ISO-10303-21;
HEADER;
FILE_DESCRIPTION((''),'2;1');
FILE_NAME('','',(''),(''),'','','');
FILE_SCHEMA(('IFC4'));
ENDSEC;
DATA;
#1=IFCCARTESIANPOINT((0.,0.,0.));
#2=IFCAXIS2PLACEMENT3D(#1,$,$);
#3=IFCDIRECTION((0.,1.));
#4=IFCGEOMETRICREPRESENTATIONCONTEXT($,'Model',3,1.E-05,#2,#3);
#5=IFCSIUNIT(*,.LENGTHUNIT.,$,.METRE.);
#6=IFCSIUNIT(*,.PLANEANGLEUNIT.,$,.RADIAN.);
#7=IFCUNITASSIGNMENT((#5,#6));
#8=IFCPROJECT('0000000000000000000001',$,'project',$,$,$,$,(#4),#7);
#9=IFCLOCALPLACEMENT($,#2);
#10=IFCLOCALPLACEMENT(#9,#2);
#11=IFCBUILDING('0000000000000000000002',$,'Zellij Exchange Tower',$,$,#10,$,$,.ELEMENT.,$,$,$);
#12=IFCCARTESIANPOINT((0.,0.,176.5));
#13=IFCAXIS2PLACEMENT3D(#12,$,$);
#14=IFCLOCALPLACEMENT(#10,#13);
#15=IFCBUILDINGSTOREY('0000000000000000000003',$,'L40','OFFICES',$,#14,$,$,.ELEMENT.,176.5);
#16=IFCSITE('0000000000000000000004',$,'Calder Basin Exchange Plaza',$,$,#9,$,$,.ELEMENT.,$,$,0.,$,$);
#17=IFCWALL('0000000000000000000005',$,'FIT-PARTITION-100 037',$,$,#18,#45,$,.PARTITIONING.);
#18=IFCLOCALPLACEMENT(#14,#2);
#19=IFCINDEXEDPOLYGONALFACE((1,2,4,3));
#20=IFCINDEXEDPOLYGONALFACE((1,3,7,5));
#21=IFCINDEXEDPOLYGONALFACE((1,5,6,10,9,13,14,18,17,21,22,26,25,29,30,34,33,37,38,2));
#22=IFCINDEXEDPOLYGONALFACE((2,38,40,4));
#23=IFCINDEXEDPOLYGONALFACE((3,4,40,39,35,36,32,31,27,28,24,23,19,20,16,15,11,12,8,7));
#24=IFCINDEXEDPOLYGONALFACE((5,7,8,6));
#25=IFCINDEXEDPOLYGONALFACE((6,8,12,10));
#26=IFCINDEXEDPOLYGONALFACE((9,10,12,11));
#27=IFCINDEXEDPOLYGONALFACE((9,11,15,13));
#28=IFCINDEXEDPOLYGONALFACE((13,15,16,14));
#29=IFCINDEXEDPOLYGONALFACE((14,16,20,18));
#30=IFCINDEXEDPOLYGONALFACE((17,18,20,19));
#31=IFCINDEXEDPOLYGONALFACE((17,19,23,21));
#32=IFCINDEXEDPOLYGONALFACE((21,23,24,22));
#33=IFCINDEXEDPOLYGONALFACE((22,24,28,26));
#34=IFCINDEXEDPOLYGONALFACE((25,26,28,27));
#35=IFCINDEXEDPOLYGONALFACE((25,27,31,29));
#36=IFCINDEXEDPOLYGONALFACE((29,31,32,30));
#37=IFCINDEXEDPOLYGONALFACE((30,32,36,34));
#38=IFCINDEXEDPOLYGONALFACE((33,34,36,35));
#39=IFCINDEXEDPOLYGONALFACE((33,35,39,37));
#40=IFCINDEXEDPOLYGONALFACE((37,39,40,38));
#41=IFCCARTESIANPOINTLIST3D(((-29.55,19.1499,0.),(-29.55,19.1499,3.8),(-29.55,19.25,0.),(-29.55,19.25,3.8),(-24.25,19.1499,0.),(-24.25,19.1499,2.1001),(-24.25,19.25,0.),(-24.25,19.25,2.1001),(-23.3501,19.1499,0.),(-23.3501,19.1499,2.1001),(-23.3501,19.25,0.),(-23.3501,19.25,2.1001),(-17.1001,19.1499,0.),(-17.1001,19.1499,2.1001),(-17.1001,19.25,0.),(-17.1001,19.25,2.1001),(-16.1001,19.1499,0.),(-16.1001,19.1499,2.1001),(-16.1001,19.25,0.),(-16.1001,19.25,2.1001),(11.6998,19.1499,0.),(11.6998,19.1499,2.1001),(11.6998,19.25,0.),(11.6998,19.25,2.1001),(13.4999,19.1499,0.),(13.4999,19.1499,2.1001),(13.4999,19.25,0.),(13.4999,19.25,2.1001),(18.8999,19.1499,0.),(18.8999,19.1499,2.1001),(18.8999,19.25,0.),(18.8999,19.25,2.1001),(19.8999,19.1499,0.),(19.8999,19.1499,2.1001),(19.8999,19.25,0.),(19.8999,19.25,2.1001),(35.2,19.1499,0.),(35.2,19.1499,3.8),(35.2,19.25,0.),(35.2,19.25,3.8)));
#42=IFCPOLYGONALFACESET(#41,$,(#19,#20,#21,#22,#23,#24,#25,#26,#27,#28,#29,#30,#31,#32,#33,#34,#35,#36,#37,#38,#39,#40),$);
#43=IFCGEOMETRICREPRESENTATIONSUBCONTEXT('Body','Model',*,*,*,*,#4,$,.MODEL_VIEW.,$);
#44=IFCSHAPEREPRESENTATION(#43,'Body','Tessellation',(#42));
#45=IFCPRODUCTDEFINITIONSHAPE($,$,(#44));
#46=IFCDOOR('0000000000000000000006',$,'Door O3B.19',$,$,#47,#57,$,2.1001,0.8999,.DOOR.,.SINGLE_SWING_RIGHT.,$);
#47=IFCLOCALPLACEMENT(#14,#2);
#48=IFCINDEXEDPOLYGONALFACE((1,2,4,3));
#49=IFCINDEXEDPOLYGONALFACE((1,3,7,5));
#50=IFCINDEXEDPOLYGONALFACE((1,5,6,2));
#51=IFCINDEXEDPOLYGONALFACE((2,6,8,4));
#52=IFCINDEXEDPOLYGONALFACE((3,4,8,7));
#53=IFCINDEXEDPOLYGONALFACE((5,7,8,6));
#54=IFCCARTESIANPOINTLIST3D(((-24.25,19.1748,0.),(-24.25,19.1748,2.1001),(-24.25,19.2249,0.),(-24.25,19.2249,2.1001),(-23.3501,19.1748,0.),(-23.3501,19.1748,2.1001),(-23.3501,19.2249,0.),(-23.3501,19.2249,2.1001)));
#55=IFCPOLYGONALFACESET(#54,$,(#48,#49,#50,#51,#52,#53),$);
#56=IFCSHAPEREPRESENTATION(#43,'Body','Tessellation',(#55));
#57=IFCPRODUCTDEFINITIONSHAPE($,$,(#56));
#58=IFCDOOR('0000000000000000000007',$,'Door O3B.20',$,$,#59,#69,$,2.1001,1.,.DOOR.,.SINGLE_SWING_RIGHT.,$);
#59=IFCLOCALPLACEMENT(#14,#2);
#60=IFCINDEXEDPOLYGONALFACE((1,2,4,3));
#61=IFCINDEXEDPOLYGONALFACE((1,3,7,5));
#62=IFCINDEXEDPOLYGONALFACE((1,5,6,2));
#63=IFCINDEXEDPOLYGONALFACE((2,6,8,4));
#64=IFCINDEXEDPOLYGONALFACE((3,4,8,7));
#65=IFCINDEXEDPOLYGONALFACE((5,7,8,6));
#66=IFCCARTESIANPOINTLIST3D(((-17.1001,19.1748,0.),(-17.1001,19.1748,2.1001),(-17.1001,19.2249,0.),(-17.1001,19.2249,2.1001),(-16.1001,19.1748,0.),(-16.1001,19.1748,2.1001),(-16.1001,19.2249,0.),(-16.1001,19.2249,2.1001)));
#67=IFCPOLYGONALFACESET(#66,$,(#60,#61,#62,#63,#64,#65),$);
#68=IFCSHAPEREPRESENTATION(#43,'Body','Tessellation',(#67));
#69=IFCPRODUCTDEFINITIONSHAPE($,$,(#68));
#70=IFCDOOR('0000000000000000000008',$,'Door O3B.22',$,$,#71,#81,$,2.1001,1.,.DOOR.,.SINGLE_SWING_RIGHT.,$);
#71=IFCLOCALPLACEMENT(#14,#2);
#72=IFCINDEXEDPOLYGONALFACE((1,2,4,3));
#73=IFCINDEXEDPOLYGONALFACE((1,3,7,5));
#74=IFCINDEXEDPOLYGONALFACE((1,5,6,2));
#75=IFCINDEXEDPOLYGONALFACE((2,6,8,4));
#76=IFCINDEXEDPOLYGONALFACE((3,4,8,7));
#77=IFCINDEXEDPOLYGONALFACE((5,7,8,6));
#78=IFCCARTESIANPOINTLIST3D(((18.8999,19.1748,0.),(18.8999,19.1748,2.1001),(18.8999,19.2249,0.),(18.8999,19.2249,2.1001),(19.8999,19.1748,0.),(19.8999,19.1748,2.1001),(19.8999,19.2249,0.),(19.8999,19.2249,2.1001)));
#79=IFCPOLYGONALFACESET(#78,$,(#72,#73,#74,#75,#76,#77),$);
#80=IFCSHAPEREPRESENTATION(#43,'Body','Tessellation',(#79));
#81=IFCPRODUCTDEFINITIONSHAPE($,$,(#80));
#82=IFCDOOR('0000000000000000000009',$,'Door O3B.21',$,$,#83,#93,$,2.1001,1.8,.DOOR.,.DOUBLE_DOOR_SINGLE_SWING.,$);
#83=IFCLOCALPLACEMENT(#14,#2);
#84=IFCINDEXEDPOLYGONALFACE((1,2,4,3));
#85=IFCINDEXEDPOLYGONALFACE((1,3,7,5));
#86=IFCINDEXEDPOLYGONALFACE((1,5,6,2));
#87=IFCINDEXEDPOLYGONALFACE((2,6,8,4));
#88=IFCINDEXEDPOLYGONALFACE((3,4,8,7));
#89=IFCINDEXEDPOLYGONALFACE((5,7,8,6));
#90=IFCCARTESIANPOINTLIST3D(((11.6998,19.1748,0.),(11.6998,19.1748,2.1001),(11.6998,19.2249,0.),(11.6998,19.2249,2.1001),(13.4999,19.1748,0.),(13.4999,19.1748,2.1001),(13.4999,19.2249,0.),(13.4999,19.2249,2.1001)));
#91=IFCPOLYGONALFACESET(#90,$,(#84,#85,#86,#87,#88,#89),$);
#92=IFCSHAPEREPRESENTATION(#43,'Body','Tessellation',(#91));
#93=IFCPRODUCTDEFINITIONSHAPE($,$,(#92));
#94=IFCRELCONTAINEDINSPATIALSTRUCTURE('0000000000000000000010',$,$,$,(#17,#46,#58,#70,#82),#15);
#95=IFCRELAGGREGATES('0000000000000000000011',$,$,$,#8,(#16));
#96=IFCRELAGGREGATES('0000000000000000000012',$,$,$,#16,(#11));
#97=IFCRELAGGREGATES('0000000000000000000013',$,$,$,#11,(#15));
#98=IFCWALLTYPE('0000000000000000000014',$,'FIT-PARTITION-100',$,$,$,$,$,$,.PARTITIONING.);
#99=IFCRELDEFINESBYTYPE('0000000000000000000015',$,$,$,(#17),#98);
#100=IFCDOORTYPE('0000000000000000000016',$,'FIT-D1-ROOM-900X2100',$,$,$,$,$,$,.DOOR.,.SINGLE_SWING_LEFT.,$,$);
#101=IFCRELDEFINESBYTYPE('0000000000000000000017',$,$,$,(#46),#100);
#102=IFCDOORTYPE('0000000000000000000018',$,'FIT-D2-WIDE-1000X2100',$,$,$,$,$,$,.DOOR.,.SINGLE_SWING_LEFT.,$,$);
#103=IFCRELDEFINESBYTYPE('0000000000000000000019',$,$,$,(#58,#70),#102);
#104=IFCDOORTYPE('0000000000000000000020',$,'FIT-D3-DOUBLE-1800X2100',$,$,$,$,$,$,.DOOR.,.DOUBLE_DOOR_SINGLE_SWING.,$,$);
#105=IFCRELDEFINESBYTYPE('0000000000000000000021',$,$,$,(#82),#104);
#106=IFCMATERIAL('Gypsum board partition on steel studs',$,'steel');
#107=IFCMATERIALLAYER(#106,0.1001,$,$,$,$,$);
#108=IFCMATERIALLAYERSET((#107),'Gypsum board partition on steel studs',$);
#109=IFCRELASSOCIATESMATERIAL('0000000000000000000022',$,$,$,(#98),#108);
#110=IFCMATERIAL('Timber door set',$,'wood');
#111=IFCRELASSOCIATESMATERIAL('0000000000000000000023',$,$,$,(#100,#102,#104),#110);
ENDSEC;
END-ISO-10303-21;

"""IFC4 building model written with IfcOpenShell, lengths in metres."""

from ifc_helpers import new_model, si_unit, direction, frame, frame_2d, origin, place, context, subcontext, project, spatial, rectangle, extrude, material, layer, layer_set, type_object, element, fill, save


model = new_model("IFC4")

# Units and contexts
model_context = context("Model", 3, precision=1e-05, world=origin(), true_north=direction((0.0, 1.0)))
body_context = subcontext(model_context, "Body", "Model", "MODEL_VIEW")
ifc_project = project(units=[si_unit("LENGTHUNIT", "METRE"), si_unit("PLANEANGLEUNIT", "RADIAN")], contexts=[model_context])

# Site, building, storey
site_placement = place(None, origin())
site = spatial("IfcSite", under=ifc_project, at=site_placement, Name="Calder Basin Exchange Plaza", CompositionType="ELEMENT", RefElevation=0.0)
building_placement = place(site_placement, origin())
building = spatial("IfcBuilding", under=site, at=building_placement, Name="Zellij Exchange Tower", CompositionType="ELEMENT")
storey_placement = place(building_placement, frame((0.0, 0.0, 176.5)))
storey = spatial("IfcBuildingStorey", under=building, at=storey_placement, Name="L40", Description="OFFICES", CompositionType="ELEMENT", Elevation=176.5)

# Shared definitions
ifc_material_1 = material(Name="Gypsum board partition on steel studs", Category="steel")
ifc_layer = layer(ifc_material_1, 0.1001)
ifc_layer_set = layer_set([ifc_layer], Name="Gypsum board partition on steel studs")
wall_type = type_object("IfcWallType", Name="FIT-PARTITION-100", PredefinedType="PARTITIONING", material=ifc_layer_set)

# Wall, openings, doors
ifc_material_2 = material(Name="Timber door set", Category="wood")
door_type_1 = type_object("IfcDoorType", Name="FIT-D1-ROOM-900X2100", OperationType="SINGLE_SWING_LEFT", PredefinedType="DOOR", material=ifc_material_2)
wall_1_placement = place(storey_placement, frame((-29.55, 19.2, 0.0), z_axis=(0.0, 0.0, 1.0), x_axis=(1.0, 0.0, 0.0)))
wall_1 = element("IfcWall", 1, at=wall_1_placement, inside=storey, type_object=wall_type, Name="FIT-PARTITION-100 037", PredefinedType="PARTITIONING", context=body_context, shape_type="SweptSolid", body=[
    extrude(rectangle(XDim=64.75, YDim=0.1001, at=frame_2d((32.375, 0.0))), origin(), (0.0, 0.0, 1.0), 3.8),
])
opening_1_placement = place(wall_1_placement, frame((5.3, 0.0, 0.0)))
opening_1 = element("IfcOpeningElement", 2, at=opening_1_placement, cuts=wall_1, PredefinedType="OPENING", context=body_context, shape_type="SweptSolid", body=[
    extrude(rectangle(XDim=0.8999, YDim=2.1001, at=frame_2d((0.45, 1.05))), frame((0.0, 0.062, 0.0), z_axis=(0.0, -1.0, 0.0), x_axis=(1.0, 0.0, 0.0)), (0.0, 0.0, 1.0), 0.124),
])
opening_2_placement = place(wall_1_placement, frame((12.45, 0.0, 0.0)))
opening_2 = element("IfcOpeningElement", 3, at=opening_2_placement, cuts=wall_1, PredefinedType="OPENING", context=body_context, shape_type="SweptSolid", body=[
    extrude(rectangle(XDim=1.0, YDim=2.1001, at=frame_2d((0.5, 1.05))), frame((0.0, 0.062, 0.0), z_axis=(0.0, -1.0, 0.0), x_axis=(1.0, 0.0, 0.0)), (0.0, 0.0, 1.0), 0.124),
])
opening_3_placement = place(wall_1_placement, frame((41.25, 0.0, 0.0)))
opening_3 = element("IfcOpeningElement", 4, at=opening_3_placement, cuts=wall_1, PredefinedType="OPENING", context=body_context, shape_type="SweptSolid", body=[
    extrude(rectangle(XDim=1.8, YDim=2.1001, at=frame_2d((0.8999, 1.05))), frame((0.0, 0.062, 0.0), z_axis=(0.0, -1.0, 0.0), x_axis=(1.0, 0.0, 0.0)), (0.0, 0.0, 1.0), 0.124),
])
opening_4_placement = place(wall_1_placement, frame((48.45, 0.0, 0.0)))
opening_4 = element("IfcOpeningElement", 5, at=opening_4_placement, cuts=wall_1, PredefinedType="OPENING", context=body_context, shape_type="SweptSolid", body=[
    extrude(rectangle(XDim=1.0, YDim=2.1001, at=frame_2d((0.5, 1.05))), frame((0.0, 0.062, 0.0), z_axis=(0.0, -1.0, 0.0), x_axis=(1.0, 0.0, 0.0)), (0.0, 0.0, 1.0), 0.124),
])
door_1_placement = place(opening_1_placement, origin())
door_1 = element("IfcDoor", 6, at=door_1_placement, inside=storey, type_object=door_type_1, Name="Door O3B.19", OperationType="SINGLE_SWING_RIGHT", OverallHeight=2.1001, OverallWidth=0.8999, PredefinedType="DOOR", context=body_context, shape_type="SweptSolid", body=[
    extrude(rectangle(XDim=0.8999, YDim=2.1001, at=frame_2d((0.45, 1.05))), frame((0.0, 0.0249, 0.0), z_axis=(0.0, -1.0, 0.0), x_axis=(1.0, 0.0, 0.0)), (0.0, 0.0, 1.0), 0.05),
])
fill(opening_1, door_1)
door_type_2 = type_object("IfcDoorType", Name="FIT-D2-WIDE-1000X2100", OperationType="SINGLE_SWING_LEFT", PredefinedType="DOOR", material=ifc_material_2)
door_2_placement = place(opening_2_placement, origin())
door_2 = element("IfcDoor", 7, at=door_2_placement, inside=storey, type_object=door_type_2, Name="Door O3B.20", OperationType="SINGLE_SWING_RIGHT", OverallHeight=2.1001, OverallWidth=1.0, PredefinedType="DOOR", context=body_context, shape_type="SweptSolid", body=[
    extrude(rectangle(XDim=1.0, YDim=2.1001, at=frame_2d((0.5, 1.05))), frame((0.0, 0.0249, 0.0), z_axis=(0.0, -1.0, 0.0), x_axis=(1.0, 0.0, 0.0)), (0.0, 0.0, 1.0), 0.05),
])
fill(opening_2, door_2)
door_3_placement = place(opening_4_placement, origin())
door_3 = element("IfcDoor", 8, at=door_3_placement, inside=storey, type_object=door_type_2, Name="Door O3B.22", OperationType="SINGLE_SWING_RIGHT", OverallHeight=2.1001, OverallWidth=1.0, PredefinedType="DOOR", context=body_context, shape_type="SweptSolid", body=[
    extrude(rectangle(XDim=1.0, YDim=2.1001, at=frame_2d((0.5, 1.05))), frame((0.0, 0.0249, 0.0), z_axis=(0.0, -1.0, 0.0), x_axis=(1.0, 0.0, 0.0)), (0.0, 0.0, 1.0), 0.05),
])
fill(opening_4, door_3)
door_type_3 = type_object("IfcDoorType", Name="FIT-D3-DOUBLE-1800X2100", OperationType="DOUBLE_DOOR_SINGLE_SWING", PredefinedType="DOOR", material=ifc_material_2)
door_4_placement = place(opening_3_placement, origin())
door_4 = element("IfcDoor", 9, at=door_4_placement, inside=storey, type_object=door_type_3, Name="Door O3B.21", OperationType="DOUBLE_DOOR_SINGLE_SWING", OverallHeight=2.1001, OverallWidth=1.8, PredefinedType="DOOR", context=body_context, shape_type="SweptSolid", body=[
    extrude(rectangle(XDim=1.8, YDim=2.1001, at=frame_2d((0.8999, 1.05))), frame((0.0, 0.0249, 0.0), z_axis=(0.0, -1.0, 0.0), x_axis=(1.0, 0.0, 0.0)), (0.0, 0.0, 1.0), 0.05),
])
fill(opening_3, door_4)

save(model, "model.ifc")
